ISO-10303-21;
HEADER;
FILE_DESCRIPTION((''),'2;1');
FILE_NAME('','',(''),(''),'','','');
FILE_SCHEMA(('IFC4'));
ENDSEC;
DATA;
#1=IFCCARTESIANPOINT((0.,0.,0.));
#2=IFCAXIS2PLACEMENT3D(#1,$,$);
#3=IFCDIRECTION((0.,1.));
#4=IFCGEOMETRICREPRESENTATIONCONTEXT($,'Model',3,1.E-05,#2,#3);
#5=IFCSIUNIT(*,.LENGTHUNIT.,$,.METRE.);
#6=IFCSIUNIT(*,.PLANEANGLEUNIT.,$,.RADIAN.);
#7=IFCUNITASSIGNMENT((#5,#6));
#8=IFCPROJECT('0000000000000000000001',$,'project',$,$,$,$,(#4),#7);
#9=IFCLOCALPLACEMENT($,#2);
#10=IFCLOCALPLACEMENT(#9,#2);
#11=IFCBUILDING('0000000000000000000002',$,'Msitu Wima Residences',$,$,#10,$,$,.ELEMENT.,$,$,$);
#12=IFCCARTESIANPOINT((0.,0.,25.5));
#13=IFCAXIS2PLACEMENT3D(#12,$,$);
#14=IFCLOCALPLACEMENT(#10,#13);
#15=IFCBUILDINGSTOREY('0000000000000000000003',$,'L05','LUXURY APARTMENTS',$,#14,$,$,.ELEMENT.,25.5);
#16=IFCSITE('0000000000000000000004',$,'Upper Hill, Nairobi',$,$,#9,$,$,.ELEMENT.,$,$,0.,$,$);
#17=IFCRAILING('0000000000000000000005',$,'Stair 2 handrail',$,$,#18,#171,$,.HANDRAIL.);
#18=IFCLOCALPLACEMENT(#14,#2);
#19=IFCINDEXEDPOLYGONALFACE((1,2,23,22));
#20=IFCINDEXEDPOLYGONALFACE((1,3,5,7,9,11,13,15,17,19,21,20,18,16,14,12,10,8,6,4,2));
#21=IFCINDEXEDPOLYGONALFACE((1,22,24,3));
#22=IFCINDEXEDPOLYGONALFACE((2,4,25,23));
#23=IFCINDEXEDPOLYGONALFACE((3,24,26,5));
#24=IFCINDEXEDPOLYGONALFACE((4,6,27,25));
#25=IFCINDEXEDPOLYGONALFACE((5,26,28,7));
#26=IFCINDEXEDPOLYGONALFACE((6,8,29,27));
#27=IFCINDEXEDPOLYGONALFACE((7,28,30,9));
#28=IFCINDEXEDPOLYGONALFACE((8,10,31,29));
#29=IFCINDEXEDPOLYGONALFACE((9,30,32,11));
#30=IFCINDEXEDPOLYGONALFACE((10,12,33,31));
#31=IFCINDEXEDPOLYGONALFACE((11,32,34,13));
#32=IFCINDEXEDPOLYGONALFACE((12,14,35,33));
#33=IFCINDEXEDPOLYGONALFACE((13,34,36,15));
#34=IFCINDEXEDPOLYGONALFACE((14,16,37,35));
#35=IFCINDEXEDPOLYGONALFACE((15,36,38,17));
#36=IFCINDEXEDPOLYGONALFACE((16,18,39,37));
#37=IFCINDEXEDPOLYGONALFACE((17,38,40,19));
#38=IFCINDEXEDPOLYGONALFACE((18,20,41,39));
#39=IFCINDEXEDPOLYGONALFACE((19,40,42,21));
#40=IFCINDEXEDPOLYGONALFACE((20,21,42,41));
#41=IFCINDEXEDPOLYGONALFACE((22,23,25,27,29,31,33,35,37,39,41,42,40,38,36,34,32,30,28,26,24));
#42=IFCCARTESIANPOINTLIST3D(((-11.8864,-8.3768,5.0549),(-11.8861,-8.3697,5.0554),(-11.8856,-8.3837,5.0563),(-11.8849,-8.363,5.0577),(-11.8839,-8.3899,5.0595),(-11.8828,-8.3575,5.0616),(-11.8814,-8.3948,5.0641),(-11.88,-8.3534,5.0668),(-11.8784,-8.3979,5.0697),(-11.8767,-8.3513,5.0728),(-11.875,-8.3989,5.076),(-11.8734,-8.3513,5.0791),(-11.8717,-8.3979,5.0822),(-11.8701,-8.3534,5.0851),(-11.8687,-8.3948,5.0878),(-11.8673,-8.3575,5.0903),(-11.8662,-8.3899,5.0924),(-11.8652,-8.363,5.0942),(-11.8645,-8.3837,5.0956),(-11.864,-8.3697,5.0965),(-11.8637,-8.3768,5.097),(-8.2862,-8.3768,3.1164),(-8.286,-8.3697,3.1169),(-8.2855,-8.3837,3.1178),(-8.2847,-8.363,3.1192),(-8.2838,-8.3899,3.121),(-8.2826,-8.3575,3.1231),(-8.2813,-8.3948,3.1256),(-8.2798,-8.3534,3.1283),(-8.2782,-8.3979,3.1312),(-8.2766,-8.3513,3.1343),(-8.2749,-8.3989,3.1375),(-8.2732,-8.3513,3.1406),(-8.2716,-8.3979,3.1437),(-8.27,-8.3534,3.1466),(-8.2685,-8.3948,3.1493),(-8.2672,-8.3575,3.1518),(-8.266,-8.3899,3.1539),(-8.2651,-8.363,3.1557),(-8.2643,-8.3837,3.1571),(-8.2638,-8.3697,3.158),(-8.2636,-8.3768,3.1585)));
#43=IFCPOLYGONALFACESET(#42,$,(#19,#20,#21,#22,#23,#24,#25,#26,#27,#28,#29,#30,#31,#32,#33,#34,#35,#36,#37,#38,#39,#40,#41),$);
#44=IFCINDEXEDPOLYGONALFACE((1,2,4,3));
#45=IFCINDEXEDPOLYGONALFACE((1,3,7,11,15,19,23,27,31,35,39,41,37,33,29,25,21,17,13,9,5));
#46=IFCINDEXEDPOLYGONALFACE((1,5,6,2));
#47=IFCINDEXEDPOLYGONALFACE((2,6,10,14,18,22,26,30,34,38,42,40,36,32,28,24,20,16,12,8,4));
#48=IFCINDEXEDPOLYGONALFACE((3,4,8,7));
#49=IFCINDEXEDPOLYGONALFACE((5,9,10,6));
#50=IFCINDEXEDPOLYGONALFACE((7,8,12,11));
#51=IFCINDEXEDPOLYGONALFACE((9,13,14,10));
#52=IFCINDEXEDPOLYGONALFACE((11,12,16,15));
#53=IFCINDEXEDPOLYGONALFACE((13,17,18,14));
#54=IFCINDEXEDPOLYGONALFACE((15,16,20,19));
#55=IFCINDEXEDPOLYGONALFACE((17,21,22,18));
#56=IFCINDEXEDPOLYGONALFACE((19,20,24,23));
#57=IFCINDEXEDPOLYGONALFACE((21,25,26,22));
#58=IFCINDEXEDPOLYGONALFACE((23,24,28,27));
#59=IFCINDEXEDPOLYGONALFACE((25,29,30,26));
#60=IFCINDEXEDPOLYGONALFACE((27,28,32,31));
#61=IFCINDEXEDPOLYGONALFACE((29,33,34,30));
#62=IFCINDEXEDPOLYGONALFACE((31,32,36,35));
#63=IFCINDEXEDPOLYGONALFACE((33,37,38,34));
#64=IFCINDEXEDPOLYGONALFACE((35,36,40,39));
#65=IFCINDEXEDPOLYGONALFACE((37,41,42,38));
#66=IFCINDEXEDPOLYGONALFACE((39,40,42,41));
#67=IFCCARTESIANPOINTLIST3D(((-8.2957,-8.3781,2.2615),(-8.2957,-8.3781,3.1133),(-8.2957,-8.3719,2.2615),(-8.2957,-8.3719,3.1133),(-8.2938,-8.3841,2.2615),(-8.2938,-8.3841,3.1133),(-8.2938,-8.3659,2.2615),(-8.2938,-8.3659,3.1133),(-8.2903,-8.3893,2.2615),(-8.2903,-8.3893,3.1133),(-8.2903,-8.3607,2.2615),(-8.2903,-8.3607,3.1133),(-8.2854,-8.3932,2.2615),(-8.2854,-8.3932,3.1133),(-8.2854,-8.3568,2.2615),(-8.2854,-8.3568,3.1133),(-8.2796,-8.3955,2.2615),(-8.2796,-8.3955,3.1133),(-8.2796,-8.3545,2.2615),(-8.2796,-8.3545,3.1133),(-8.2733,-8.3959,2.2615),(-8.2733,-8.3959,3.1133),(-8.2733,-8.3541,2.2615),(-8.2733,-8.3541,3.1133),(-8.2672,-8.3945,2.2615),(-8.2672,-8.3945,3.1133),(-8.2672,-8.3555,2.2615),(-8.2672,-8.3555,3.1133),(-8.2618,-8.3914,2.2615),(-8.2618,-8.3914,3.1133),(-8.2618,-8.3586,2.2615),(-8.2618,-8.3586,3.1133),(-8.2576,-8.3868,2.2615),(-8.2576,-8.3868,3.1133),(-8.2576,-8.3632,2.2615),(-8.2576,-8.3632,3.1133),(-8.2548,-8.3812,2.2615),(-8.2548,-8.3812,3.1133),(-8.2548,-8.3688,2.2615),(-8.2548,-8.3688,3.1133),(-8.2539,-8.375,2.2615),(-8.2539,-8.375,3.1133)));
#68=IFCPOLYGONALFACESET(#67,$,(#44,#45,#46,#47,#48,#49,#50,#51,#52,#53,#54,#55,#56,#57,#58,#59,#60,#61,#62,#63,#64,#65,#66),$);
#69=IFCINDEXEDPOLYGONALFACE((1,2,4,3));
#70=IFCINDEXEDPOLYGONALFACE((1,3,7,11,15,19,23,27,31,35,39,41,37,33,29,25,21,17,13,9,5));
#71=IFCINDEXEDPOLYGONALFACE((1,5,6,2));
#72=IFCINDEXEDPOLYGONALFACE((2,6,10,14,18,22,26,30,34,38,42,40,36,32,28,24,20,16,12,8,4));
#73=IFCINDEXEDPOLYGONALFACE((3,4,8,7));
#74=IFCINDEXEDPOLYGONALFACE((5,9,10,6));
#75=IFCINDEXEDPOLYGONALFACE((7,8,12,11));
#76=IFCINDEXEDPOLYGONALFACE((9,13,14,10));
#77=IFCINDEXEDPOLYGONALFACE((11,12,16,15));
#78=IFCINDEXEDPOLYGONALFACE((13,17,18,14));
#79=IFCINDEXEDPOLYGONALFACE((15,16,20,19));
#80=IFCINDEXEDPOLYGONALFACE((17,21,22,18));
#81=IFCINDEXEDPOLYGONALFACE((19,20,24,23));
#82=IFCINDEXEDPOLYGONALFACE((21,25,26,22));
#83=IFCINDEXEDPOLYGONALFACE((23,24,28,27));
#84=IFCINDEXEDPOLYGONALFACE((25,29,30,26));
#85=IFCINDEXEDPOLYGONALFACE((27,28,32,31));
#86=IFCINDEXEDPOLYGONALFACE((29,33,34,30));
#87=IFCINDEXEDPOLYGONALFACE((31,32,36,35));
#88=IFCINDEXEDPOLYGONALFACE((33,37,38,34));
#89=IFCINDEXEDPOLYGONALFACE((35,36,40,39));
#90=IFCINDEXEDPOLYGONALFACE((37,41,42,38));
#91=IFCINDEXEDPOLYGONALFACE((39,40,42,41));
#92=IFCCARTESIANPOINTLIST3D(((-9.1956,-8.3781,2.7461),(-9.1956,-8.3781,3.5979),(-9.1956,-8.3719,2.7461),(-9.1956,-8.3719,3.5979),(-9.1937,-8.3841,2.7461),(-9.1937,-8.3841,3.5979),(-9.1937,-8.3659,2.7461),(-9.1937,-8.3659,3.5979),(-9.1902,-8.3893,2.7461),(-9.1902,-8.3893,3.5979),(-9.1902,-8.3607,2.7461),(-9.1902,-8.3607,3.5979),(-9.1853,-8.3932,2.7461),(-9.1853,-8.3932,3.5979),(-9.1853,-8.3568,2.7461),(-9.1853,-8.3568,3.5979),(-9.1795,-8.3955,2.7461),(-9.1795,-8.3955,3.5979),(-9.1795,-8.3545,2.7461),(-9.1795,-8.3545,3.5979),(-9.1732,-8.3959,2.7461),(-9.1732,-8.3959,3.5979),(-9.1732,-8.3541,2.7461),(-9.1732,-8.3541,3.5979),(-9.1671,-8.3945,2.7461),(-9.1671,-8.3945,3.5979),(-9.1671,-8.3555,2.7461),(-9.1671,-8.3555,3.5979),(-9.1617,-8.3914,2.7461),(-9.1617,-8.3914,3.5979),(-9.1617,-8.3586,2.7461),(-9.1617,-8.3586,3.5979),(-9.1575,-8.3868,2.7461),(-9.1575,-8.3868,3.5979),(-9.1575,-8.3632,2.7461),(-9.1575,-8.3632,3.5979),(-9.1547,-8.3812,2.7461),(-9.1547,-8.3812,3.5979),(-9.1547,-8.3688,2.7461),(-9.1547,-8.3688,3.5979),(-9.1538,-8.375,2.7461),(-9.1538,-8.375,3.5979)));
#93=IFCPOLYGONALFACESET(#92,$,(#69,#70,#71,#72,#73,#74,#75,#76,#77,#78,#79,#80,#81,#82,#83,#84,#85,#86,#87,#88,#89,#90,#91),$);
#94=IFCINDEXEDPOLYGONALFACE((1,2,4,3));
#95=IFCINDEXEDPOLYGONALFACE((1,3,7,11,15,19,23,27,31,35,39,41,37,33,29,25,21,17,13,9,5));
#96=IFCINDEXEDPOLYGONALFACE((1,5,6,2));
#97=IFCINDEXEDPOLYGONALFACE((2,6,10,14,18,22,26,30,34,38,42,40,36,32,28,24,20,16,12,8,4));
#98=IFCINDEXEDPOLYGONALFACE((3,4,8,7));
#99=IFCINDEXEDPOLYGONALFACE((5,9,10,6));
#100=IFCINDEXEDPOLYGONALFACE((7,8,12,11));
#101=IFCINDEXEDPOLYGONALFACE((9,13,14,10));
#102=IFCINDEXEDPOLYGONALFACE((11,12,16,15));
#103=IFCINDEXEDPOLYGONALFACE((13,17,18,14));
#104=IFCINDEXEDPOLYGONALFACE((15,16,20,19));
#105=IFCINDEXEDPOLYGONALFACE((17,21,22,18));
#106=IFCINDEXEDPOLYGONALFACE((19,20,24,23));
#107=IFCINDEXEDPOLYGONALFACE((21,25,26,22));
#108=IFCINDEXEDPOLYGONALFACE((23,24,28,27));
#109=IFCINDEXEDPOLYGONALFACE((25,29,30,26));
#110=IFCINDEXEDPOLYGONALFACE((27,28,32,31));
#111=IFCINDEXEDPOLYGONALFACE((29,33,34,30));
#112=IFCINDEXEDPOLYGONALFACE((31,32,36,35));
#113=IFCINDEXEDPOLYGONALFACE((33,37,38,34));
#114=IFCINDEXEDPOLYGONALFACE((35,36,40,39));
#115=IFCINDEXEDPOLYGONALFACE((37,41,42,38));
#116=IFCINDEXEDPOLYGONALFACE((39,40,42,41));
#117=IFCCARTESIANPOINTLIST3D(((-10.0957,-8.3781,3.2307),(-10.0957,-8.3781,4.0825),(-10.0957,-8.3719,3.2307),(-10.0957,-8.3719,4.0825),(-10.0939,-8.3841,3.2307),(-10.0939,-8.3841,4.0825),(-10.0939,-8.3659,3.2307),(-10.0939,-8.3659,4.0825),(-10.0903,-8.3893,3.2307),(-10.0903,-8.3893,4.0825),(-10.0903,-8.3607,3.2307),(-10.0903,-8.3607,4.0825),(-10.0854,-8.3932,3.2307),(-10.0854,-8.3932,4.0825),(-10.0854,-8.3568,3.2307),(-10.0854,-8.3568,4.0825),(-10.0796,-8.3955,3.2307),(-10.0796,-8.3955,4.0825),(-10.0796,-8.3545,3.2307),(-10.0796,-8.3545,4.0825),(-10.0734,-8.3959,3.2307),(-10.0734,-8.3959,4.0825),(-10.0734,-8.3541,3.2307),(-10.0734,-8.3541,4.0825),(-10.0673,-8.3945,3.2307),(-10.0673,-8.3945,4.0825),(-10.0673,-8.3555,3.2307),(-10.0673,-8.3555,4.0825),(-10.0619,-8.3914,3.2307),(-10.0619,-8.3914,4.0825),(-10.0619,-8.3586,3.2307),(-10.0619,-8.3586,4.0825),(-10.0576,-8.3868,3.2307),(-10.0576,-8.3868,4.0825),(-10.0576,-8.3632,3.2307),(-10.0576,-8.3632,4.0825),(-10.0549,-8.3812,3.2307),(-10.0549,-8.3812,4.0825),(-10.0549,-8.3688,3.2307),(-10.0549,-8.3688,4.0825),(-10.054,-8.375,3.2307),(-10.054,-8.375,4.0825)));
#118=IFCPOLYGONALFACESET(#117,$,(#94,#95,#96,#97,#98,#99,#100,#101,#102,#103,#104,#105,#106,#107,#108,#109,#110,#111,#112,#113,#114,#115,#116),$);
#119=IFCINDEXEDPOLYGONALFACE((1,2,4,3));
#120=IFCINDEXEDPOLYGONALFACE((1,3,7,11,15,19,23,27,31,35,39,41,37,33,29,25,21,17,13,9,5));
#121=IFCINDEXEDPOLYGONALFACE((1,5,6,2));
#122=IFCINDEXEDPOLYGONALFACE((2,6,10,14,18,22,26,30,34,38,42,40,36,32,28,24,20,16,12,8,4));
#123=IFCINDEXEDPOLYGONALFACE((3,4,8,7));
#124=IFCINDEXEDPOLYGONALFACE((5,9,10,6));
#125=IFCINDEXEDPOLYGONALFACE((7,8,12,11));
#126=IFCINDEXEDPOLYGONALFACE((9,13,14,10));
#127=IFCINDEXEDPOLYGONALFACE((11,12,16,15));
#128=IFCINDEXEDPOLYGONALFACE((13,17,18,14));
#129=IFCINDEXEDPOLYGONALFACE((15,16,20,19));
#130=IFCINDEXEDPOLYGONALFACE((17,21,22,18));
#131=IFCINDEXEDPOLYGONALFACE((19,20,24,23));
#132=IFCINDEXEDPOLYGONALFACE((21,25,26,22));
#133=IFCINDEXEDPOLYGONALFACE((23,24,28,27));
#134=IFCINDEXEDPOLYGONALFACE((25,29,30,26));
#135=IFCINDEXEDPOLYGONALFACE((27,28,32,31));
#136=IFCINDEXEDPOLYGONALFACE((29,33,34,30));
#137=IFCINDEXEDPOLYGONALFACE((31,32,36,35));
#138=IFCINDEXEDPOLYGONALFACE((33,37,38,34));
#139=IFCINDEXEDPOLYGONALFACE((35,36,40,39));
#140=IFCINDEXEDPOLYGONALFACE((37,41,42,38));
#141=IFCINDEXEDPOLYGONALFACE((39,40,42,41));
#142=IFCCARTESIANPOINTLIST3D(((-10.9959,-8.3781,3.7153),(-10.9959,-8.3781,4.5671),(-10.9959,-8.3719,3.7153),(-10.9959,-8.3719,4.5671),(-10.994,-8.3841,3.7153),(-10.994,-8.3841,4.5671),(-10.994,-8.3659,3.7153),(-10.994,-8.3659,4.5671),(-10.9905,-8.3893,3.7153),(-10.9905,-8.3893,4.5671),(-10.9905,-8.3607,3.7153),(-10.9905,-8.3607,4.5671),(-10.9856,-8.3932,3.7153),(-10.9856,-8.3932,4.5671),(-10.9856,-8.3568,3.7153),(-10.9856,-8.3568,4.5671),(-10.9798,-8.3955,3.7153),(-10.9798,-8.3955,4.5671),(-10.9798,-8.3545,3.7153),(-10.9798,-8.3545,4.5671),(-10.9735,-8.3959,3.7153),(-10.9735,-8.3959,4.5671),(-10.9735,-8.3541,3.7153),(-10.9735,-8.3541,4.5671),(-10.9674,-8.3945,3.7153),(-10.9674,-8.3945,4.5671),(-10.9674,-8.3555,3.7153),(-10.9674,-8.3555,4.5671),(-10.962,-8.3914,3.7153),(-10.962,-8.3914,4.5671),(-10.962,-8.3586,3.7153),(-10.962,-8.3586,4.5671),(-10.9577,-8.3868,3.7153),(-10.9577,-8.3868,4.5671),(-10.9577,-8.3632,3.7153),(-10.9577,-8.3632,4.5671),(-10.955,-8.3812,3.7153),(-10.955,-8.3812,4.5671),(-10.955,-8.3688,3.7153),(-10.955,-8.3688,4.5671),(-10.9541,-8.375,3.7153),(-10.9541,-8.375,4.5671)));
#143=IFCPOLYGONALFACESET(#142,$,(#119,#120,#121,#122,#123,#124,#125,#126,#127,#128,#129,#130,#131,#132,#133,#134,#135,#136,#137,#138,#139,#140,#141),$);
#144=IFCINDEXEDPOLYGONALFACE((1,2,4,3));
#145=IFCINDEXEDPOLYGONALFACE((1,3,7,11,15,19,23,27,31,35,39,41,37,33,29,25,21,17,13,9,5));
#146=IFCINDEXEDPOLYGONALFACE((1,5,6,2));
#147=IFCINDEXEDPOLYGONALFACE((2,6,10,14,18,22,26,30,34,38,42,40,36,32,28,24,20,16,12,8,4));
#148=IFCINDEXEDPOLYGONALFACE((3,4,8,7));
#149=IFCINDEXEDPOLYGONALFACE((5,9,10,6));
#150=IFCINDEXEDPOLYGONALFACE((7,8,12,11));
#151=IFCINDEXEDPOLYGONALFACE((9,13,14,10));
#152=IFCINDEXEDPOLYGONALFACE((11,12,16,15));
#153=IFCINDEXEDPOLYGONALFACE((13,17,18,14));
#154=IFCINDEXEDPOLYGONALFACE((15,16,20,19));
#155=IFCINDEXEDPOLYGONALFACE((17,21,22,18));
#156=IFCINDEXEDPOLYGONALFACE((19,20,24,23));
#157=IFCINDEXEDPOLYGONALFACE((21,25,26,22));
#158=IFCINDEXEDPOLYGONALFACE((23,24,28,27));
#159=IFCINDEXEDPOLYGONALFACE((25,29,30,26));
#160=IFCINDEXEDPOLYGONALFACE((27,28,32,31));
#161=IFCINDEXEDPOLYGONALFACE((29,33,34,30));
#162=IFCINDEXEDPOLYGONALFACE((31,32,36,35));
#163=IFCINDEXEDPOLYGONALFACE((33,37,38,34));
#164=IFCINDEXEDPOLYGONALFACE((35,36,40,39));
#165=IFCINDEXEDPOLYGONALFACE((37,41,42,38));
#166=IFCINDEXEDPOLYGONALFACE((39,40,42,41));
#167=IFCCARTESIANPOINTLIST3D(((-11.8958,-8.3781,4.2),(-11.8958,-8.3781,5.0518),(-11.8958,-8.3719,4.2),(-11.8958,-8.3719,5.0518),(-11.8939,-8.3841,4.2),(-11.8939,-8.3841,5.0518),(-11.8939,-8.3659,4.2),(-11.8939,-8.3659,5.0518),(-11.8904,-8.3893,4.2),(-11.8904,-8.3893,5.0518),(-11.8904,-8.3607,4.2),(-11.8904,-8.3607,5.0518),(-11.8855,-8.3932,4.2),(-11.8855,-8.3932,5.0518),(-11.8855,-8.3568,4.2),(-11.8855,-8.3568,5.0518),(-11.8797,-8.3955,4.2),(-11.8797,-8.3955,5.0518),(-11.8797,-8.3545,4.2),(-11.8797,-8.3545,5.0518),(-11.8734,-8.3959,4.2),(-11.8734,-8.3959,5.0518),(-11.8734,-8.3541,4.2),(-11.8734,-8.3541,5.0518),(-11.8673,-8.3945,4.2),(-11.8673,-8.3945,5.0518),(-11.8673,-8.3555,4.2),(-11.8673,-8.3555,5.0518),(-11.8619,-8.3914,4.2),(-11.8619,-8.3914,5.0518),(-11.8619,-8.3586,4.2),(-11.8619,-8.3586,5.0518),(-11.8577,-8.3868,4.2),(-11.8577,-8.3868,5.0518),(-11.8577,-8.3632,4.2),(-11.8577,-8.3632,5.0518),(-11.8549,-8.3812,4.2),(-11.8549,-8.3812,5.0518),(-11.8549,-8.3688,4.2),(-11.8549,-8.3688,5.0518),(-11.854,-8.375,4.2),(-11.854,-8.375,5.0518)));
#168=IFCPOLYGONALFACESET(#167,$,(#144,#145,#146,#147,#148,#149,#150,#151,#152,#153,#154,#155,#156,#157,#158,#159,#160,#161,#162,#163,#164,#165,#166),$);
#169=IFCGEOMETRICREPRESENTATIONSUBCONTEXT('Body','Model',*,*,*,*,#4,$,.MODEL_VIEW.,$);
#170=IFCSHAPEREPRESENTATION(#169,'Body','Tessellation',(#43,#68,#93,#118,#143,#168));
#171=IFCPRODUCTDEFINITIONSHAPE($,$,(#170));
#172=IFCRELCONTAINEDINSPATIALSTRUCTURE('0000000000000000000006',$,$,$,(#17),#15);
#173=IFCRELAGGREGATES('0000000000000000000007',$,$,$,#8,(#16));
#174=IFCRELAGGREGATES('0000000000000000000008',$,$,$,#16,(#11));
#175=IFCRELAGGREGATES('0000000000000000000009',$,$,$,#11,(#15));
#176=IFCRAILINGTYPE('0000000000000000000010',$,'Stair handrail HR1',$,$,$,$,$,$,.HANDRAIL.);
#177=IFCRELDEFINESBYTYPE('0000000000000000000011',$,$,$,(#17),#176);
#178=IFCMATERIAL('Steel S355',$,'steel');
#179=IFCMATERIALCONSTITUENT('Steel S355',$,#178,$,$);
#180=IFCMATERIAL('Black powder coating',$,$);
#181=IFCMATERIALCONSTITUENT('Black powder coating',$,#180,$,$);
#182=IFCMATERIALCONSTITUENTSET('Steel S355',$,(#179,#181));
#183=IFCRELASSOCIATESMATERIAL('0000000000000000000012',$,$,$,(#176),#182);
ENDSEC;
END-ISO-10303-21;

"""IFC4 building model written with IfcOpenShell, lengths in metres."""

from ifc_helpers import new_model, si_unit, direction, frame, origin, origin_2d, place, context, subcontext, project, spatial, circle, extrude, material, constituent, constituent_set, type_object, element, save


model = new_model("IFC4")

# Units and contexts
model_context = context("Model", 3, precision=1e-05, world=origin(), true_north=direction((0.0, 1.0)))
body_context = subcontext(model_context, "Body", "Model", "MODEL_VIEW")
ifc_project = project(units=[si_unit("LENGTHUNIT", "METRE"), si_unit("PLANEANGLEUNIT", "RADIAN")], contexts=[model_context])

# Site, building, storey
site_placement = place(None, origin())
site = spatial("IfcSite", under=ifc_project, at=site_placement, Name="Upper Hill, Nairobi", CompositionType="ELEMENT", RefElevation=0.0)
building_placement = place(site_placement, origin())
building = spatial("IfcBuilding", under=site, at=building_placement, Name="Msitu Wima Residences", CompositionType="ELEMENT")
storey_placement = place(building_placement, frame((0.0, 0.0, 25.5)))
storey = spatial("IfcBuildingStorey", under=building, at=storey_placement, Name="L05", Description="LUXURY APARTMENTS", CompositionType="ELEMENT", Elevation=25.5)

# Railing
ifc_material_1 = material(Name="Steel S355", Category="steel")
ifc_constituent_1 = constituent(ifc_material_1, Name="Steel S355")
ifc_material_2 = material(Name="Black powder coating")
ifc_constituent_2 = constituent(ifc_material_2, Name="Black powder coating")
ifc_constituent_set = constituent_set(constituents=[ifc_constituent_1, ifc_constituent_2], Name="Steel S355")
railing_type = type_object("IfcRailingType", Name="Stair handrail HR1", PredefinedType="HANDRAIL", material=ifc_constituent_set)
railing_placement = place(storey_placement, frame((-8.2749, -8.375, 2.2615)))
element("IfcRailing", 1, at=railing_placement, inside=storey, type_object=railing_type, Name="Stair 2 handrail", PredefinedType="HANDRAIL", context=body_context, shape_type="SweptSolid", body=[
    extrude(circle(Radius=0.0239, at=origin_2d()), frame((0.0, 0.0, 0.876), z_axis=(-0.880475, 0.0, 0.474093), x_axis=(0.0, -1.0, 0.0)), (0.0, 0.0, 1.0), 4.0889),
    extrude(circle(Radius=0.021, at=origin_2d()), origin(), (0.0, 0.0, 1.0), 0.8518),
    extrude(circle(Radius=0.021, at=origin_2d()), frame((-0.8999, 0.0, 0.4846)), (0.0, 0.0, 1.0), 0.8518),
    extrude(circle(Radius=0.021, at=origin_2d()), frame((-1.8, 0.0, 0.9692)), (0.0, 0.0, 1.0), 0.8518),
    extrude(circle(Radius=0.021, at=origin_2d()), frame((-2.7002, 0.0, 1.4539)), (0.0, 0.0, 1.0), 0.8518),
    extrude(circle(Radius=0.021, at=origin_2d()), frame((-3.6001, 0.0, 1.9385)), (0.0, 0.0, 1.0), 0.8518),
])

save(model, "model.ifc")
